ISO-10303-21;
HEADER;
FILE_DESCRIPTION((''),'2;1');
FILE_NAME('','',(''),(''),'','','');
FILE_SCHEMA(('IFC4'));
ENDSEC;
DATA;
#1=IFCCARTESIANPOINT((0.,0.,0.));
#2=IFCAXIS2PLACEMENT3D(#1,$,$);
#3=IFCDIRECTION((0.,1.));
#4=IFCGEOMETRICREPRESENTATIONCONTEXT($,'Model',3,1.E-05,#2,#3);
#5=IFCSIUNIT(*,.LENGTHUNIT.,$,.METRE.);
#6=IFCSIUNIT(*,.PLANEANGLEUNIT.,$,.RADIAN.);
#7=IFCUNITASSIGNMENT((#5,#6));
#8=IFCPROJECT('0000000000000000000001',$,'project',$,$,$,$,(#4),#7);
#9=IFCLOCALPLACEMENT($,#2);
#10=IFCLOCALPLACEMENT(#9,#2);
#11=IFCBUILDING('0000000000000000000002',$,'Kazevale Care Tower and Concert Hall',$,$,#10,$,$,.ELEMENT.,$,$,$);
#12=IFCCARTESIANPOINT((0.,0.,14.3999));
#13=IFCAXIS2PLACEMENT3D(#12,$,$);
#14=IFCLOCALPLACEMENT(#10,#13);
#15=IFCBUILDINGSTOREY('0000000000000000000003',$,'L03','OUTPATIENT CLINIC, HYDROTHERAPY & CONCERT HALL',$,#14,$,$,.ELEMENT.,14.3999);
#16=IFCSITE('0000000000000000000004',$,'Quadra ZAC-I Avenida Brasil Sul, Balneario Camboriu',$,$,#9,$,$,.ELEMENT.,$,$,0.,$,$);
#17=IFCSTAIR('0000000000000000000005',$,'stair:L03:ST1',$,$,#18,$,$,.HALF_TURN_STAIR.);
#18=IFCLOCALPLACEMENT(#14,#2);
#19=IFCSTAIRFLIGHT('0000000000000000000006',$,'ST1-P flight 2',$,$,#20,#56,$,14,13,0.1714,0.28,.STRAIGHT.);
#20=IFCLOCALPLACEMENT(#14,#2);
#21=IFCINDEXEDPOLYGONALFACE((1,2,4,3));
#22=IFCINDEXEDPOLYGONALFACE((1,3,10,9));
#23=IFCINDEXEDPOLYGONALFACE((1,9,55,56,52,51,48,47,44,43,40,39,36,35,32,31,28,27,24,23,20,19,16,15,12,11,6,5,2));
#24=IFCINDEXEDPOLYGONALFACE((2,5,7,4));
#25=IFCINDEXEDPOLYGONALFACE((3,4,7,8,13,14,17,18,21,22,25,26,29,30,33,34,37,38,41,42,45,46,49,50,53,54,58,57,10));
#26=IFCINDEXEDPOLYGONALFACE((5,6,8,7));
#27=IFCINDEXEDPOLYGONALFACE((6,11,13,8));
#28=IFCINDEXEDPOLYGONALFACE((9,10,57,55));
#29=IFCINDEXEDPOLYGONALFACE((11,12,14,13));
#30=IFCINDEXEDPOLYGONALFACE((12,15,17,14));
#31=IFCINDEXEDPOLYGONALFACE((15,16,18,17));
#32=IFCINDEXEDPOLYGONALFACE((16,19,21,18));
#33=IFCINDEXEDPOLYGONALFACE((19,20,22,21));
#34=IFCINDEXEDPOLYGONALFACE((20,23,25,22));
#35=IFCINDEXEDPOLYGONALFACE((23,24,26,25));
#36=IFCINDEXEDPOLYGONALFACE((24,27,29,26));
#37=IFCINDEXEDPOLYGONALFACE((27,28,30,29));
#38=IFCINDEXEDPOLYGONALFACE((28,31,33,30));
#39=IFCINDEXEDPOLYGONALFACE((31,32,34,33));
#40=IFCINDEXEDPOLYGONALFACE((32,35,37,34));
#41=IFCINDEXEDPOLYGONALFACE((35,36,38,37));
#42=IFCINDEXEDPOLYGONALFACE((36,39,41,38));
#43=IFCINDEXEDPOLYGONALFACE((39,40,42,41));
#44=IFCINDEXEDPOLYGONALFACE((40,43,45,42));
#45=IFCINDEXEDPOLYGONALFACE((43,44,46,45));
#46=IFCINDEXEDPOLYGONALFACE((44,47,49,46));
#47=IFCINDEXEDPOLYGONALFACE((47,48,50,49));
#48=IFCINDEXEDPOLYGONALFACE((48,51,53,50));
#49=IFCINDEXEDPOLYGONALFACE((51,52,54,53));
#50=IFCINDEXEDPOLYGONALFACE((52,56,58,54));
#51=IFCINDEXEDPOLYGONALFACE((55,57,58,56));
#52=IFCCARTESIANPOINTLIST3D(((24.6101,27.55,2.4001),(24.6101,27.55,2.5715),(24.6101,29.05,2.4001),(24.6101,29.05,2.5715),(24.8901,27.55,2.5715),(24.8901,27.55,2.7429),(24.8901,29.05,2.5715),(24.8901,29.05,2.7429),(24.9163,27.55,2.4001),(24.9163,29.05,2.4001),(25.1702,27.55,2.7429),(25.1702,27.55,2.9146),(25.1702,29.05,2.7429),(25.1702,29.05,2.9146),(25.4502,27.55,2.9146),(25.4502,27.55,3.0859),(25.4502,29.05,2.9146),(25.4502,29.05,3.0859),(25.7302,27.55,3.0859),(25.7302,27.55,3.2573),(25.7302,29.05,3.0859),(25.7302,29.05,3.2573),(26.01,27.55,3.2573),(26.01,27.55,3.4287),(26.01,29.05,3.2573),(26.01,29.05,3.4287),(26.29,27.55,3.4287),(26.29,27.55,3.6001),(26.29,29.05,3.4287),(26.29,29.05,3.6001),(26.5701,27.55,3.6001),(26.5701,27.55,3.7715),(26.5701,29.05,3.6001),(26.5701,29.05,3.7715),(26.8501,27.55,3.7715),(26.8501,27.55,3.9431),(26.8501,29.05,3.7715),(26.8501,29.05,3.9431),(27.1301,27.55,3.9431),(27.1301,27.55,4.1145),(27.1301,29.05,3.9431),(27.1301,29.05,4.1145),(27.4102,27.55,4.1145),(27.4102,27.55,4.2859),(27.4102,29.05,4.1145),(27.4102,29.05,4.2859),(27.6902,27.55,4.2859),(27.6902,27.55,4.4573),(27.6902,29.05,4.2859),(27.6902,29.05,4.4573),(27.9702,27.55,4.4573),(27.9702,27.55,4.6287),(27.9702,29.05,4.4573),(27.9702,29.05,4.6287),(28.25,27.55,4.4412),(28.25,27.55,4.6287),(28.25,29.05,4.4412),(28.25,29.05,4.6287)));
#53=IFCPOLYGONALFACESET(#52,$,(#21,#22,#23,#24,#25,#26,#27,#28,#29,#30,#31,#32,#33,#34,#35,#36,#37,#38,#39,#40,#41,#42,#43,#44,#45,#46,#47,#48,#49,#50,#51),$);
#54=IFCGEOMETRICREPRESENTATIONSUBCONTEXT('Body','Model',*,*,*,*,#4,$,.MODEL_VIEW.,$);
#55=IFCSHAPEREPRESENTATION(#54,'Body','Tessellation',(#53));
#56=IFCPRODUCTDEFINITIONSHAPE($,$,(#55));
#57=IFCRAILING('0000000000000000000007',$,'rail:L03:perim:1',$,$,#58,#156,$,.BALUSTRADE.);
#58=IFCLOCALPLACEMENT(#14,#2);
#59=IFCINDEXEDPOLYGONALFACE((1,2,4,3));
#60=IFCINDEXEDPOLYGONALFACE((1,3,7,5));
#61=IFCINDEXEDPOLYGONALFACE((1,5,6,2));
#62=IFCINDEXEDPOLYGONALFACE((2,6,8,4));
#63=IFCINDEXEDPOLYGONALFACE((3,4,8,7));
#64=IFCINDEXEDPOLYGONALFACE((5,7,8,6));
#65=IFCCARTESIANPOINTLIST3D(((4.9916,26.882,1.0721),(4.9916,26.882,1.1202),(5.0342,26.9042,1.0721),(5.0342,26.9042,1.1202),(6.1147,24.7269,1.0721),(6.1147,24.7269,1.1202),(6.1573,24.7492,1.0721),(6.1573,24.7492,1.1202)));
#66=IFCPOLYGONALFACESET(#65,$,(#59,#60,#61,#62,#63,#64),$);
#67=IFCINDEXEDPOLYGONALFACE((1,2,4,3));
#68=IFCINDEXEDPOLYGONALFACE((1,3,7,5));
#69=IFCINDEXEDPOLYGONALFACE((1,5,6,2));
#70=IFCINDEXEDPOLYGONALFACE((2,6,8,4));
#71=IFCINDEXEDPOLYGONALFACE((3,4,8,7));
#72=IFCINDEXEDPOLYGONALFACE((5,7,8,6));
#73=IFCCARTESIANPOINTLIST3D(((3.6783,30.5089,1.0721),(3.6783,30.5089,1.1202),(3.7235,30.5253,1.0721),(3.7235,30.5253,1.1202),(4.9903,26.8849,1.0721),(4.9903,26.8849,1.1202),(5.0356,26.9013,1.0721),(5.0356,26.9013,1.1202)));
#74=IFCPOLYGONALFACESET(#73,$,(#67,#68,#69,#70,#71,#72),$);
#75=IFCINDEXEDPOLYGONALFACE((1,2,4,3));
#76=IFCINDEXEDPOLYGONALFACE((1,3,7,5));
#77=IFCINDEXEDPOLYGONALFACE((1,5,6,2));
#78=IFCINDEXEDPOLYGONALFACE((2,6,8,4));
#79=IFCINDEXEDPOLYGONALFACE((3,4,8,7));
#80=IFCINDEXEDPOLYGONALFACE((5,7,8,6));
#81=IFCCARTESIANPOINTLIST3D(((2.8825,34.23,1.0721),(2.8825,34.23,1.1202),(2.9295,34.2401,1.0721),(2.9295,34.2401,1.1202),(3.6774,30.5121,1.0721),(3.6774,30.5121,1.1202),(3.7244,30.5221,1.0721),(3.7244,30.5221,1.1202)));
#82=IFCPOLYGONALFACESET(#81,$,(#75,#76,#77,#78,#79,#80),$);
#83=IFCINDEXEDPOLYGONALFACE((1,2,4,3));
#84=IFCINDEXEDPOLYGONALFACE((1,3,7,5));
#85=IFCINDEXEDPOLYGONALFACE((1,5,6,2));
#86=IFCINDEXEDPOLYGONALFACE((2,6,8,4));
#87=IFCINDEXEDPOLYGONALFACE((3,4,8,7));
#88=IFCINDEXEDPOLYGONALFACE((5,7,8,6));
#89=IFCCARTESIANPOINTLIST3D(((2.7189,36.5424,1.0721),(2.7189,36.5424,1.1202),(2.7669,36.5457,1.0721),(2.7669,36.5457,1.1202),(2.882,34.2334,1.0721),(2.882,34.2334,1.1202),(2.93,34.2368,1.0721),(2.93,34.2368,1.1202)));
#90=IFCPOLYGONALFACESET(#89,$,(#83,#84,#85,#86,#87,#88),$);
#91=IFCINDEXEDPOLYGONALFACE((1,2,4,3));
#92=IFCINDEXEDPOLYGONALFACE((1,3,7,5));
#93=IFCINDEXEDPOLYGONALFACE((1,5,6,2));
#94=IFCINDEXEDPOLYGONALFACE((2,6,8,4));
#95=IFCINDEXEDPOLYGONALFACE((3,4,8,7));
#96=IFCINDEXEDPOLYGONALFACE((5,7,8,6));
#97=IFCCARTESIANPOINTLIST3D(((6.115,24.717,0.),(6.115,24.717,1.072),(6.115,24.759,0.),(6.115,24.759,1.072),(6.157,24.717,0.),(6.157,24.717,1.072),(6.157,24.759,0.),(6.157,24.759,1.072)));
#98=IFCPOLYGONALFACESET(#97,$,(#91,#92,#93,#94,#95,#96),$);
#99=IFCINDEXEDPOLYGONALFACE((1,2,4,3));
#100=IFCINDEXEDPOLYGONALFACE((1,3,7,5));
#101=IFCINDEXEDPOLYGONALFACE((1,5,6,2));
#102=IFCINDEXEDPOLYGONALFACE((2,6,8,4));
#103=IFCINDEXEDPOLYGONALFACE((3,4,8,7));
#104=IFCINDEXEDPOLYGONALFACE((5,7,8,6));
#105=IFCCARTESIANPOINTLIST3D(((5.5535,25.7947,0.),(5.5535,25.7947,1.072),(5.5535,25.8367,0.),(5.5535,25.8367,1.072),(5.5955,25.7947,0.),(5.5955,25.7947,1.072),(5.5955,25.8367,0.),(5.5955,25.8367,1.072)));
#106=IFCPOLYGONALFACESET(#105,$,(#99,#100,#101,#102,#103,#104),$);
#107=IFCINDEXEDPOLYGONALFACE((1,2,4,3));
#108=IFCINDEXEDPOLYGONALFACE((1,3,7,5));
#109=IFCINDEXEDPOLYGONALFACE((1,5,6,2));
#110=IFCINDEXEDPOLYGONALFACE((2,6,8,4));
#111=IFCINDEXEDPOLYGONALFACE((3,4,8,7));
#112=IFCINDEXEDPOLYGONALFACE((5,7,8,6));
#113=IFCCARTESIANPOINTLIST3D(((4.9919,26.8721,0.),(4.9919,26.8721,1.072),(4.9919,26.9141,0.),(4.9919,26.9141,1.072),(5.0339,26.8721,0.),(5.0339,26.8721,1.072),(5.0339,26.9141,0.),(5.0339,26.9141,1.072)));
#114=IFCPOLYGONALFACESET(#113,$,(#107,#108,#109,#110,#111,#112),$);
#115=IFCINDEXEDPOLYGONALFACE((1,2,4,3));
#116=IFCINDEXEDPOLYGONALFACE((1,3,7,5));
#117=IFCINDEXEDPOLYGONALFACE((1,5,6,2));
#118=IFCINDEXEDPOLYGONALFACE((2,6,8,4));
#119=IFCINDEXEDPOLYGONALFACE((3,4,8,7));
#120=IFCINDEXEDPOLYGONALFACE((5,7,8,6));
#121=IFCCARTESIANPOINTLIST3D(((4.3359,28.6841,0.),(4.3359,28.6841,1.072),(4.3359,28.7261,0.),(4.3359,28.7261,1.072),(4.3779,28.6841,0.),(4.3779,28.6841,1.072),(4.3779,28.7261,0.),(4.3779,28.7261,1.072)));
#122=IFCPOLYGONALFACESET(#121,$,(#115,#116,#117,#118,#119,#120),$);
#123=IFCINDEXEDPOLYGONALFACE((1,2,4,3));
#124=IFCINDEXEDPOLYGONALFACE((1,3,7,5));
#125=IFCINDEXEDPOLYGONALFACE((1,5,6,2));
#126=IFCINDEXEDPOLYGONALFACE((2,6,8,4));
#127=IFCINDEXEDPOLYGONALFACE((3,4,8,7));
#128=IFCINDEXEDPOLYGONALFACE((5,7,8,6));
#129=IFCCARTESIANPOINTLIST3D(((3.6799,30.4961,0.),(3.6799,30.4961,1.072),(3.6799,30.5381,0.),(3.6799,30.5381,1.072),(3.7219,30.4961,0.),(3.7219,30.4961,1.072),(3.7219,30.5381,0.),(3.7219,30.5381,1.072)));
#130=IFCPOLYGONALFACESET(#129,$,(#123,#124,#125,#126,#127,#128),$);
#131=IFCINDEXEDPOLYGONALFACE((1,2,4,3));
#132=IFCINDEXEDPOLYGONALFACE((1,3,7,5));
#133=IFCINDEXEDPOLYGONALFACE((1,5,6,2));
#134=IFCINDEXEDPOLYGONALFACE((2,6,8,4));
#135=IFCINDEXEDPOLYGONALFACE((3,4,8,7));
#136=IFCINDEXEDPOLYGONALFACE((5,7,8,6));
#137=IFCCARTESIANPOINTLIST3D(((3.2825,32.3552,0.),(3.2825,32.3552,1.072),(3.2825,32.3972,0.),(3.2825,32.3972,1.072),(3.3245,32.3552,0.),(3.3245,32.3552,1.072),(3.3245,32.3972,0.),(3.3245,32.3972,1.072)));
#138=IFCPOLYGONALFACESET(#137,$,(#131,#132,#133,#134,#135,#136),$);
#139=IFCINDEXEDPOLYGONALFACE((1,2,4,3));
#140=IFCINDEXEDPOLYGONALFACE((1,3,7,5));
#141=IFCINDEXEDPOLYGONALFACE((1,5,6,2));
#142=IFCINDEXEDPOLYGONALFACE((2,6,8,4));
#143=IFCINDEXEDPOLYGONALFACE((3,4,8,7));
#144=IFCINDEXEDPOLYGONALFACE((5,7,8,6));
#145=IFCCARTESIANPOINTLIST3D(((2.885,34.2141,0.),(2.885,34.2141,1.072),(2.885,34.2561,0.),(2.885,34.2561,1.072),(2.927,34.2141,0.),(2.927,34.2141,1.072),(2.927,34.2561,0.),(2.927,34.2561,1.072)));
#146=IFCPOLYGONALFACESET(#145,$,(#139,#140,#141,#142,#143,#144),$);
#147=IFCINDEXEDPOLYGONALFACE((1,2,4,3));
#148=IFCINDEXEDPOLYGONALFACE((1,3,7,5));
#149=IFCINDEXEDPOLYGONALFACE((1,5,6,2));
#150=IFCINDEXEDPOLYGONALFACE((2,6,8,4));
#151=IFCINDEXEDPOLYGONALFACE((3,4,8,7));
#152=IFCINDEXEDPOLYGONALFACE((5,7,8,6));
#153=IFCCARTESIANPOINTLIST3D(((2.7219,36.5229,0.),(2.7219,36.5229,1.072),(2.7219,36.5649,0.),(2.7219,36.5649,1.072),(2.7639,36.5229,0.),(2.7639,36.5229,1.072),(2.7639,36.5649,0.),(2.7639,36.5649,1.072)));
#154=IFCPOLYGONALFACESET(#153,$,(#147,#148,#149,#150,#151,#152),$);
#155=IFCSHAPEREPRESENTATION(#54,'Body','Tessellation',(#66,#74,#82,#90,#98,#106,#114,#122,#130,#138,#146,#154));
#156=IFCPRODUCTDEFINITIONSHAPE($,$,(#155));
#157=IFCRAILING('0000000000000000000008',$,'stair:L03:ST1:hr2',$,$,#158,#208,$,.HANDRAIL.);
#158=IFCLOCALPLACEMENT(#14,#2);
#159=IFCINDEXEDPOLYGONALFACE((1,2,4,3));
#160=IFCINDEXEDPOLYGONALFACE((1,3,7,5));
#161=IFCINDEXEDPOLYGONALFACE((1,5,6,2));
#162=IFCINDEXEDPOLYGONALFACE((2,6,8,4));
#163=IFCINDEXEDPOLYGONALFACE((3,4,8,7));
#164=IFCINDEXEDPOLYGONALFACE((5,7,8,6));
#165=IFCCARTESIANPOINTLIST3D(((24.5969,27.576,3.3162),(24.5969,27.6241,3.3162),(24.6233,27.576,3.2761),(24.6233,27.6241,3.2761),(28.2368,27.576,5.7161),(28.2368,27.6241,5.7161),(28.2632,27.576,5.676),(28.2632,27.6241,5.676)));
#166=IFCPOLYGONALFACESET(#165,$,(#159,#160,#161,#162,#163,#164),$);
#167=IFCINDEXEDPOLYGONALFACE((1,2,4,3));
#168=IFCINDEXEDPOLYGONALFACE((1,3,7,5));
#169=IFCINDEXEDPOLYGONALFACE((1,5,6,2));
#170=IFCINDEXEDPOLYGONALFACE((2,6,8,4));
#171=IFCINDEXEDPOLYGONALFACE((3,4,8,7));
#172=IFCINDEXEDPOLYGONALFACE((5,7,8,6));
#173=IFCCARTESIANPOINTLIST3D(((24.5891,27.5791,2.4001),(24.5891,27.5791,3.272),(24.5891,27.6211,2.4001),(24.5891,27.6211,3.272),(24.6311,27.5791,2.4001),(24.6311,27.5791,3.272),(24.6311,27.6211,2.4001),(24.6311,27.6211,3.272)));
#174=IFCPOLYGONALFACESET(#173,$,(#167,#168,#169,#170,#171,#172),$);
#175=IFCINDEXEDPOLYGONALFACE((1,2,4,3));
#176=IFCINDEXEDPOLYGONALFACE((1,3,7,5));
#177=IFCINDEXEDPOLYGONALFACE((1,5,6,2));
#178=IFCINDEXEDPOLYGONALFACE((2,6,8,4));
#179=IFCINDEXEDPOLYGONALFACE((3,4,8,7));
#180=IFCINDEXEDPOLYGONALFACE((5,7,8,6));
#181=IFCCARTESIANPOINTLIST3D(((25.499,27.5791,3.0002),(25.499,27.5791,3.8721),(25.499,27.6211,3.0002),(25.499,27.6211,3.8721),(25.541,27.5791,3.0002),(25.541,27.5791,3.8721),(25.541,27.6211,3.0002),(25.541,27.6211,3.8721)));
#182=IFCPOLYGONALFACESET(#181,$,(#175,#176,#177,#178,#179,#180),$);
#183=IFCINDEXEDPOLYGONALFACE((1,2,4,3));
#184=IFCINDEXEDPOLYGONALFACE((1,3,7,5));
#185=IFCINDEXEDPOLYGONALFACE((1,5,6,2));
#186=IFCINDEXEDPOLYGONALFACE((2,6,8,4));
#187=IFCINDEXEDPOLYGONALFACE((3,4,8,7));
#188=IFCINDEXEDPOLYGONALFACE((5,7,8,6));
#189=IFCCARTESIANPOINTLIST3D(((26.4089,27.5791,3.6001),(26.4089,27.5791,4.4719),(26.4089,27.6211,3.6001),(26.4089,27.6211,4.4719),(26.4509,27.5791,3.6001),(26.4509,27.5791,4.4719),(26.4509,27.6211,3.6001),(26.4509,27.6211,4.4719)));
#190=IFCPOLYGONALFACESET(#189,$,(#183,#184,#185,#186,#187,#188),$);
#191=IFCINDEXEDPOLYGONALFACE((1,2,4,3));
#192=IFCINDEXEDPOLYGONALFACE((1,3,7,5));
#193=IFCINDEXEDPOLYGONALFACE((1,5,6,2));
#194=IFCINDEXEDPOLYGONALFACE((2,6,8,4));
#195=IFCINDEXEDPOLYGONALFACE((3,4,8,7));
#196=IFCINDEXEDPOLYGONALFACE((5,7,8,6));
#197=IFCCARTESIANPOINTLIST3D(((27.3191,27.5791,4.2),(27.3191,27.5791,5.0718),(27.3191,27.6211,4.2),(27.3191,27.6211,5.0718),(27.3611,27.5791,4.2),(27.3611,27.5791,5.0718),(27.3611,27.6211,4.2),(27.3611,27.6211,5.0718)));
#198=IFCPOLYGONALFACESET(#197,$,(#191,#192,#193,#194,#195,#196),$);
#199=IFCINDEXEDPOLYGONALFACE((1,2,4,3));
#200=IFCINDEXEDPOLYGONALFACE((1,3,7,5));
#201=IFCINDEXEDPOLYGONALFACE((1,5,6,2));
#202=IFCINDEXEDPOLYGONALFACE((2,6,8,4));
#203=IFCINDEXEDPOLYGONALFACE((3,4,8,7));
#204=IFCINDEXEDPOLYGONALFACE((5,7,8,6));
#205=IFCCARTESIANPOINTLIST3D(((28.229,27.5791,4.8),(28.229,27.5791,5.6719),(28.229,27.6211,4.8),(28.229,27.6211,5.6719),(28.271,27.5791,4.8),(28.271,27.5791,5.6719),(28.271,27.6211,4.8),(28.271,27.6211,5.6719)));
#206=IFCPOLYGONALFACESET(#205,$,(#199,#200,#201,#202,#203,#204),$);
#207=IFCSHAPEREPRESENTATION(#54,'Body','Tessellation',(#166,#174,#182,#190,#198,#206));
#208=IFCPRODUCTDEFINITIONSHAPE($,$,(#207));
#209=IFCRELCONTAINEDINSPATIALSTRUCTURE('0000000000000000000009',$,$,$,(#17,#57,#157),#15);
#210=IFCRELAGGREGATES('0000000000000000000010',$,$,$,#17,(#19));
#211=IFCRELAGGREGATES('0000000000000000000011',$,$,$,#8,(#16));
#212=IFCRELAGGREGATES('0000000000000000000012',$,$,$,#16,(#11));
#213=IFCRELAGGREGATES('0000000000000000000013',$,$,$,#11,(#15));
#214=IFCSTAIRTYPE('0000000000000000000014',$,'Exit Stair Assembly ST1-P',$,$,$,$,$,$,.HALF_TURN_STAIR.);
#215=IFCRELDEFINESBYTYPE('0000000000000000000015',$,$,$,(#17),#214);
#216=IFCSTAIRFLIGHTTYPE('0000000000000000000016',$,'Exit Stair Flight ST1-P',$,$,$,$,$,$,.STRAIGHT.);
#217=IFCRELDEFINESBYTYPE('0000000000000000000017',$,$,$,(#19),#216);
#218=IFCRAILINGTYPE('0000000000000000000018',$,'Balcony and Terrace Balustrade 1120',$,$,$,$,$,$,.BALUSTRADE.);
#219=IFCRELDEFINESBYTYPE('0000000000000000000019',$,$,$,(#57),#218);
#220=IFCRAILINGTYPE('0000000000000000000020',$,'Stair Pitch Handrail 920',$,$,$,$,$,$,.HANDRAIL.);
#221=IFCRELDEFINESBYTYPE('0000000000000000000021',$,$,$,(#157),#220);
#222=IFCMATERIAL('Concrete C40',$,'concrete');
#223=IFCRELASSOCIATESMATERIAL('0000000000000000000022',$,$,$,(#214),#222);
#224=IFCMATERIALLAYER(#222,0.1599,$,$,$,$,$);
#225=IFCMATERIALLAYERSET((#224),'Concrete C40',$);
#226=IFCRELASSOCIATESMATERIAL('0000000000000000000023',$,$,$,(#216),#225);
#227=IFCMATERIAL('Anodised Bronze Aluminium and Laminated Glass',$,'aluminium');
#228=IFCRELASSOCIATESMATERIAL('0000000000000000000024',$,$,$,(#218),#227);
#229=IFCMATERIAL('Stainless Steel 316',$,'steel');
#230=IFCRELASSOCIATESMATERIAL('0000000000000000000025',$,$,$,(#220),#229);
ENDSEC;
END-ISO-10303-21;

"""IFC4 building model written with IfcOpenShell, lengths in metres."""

from ifc_helpers import new_model, si_unit, direction, frame, origin, origin_2d, place, context, subcontext, project, spatial, polyline, rectangle, outline, extrude, material, layer, layer_set, type_object, element, aggregate, save


model = new_model("IFC4")

# Units and contexts
model_context = context("Model", 3, precision=1e-05, world=origin(), true_north=direction((0.0, 1.0)))
body_context = subcontext(model_context, "Body", "Model", "MODEL_VIEW")
ifc_project = project(units=[si_unit("LENGTHUNIT", "METRE"), si_unit("PLANEANGLEUNIT", "RADIAN")], contexts=[model_context])

# Site, building, storey
site_placement = place(None, origin())
site = spatial("IfcSite", under=ifc_project, at=site_placement, Name="Quadra ZAC-I Avenida Brasil Sul, Balneario Camboriu", CompositionType="ELEMENT", RefElevation=0.0)
building_placement = place(site_placement, origin())
building = spatial("IfcBuilding", under=site, at=building_placement, Name="Kazevale Care Tower and Concert Hall", CompositionType="ELEMENT")
storey_placement = place(building_placement, frame((0.0, 0.0, 14.3999)))
storey = spatial("IfcBuildingStorey", under=building, at=storey_placement, Name="L03", Description="OUTPATIENT CLINIC, HYDROTHERAPY & CONCERT HALL", CompositionType="ELEMENT", Elevation=14.3999)

# Shared definitions
ifc_material_1 = material(Name="Concrete C40", Category="concrete")

# Stair, stair flight
stair_type = type_object("IfcStairType", Name="Exit Stair Assembly ST1-P", PredefinedType="HALF_TURN_STAIR", material=ifc_material_1)
stair_placement = place(storey_placement, origin())
stair = element("IfcStair", 1, at=stair_placement, inside=storey, type_object=stair_type, Name="stair:L03:ST1", PredefinedType="HALF_TURN_STAIR")
ifc_layer_1 = layer(ifc_material_1, 0.1599)
ifc_layer_set_1 = layer_set([ifc_layer_1], Name="Concrete C40")
stair_flight_type = type_object("IfcStairFlightType", Name="Exit Stair Flight ST1-P", PredefinedType="STRAIGHT", material=ifc_layer_set_1)
stair_flight_placement = place(storey_placement, frame((24.6101, 28.3, 2.4001), z_axis=(0.0, 0.0, 1.0), x_axis=(1.0, 0.0, 0.0)))
stair_flight = element("IfcStairFlight", 2, at=stair_flight_placement, type_object=stair_flight_type, Name="ST1-P flight 2", NumberOfRisers=14, NumberOfTreads=13, PredefinedType="STRAIGHT", RiserHeight=0.1714, TreadLength=0.28, context=body_context, shape_type="SweptSolid", body=[
    extrude(outline(polyline([(0.0, 0.0), (0.0, 0.1714), (0.28, 0.1714), (0.28, 0.3428), (0.5601, 0.3428), (0.5601, 0.5144), (0.8401, 0.5144), (0.8401, 0.6858), (1.1201, 0.6858), (1.1201, 0.8572), (1.3999, 0.8572), (1.3999, 1.0286), (1.6799, 1.0286), (1.6799, 1.2), (1.96, 1.2), (1.96, 1.3713), (2.24, 1.3713), (2.24, 1.543), (2.52, 1.543), (2.52, 1.7144), (2.8, 1.7144), (2.8, 1.8857), (3.0801, 1.8857), (3.0801, 2.0571), (3.3601, 2.0571), (3.3601, 2.2285), (3.6399, 2.2285), (3.6399, 2.3999), (3.6399, 2.041), (0.3062, 0.0), (0.0, 0.0)])), frame((0.0, 0.75, 0.0), z_axis=(0.0, -1.0, 0.0), x_axis=(1.0, 0.0, 0.0)), (0.0, 0.0, 1.0), 1.5),
])
aggregate(stair, [stair_flight])

# Railings
ifc_material_2 = material(Name="Anodised Bronze Aluminium and Laminated Glass", Category="aluminium")
railing_type_1 = type_object("IfcRailingType", Name="Balcony and Terrace Balustrade 1120", PredefinedType="BALUSTRADE", material=ifc_material_2)
railing_1_placement = place(storey_placement, frame((6.136, 24.738, 0.0)))
element("IfcRailing", 3, at=railing_1_placement, inside=storey, type_object=railing_type_1, Name="rail:L03:perim:1", PredefinedType="BALUSTRADE", context=body_context, shape_type="SweptSolid", body=[
    extrude(rectangle(XDim=0.0481, YDim=0.0481, at=origin_2d()), frame((0.0, 0.0, 1.0962), z_axis=(-0.46214, 0.886807, 0.0), x_axis=(-0.886807, -0.46214, 0.0)), (0.0, 0.0, 1.0), 2.4302),
    extrude(rectangle(XDim=0.0481, YDim=0.0481, at=origin_2d()), frame((-1.123, 2.155, 1.0962), z_axis=(-0.34041, 0.940277, 0.0), x_axis=(-0.940277, -0.34041, 0.0)), (0.0, 0.0, 1.0), 3.8542),
    extrude(rectangle(XDim=0.0481, YDim=0.0481, at=origin_2d()), frame((-2.4351, 5.7791, 1.0962), z_axis=(-0.209077, 0.977899, 0.0), x_axis=(-0.977899, -0.209077, 0.0)), (0.0, 0.0, 1.0), 3.802),
    extrude(rectangle(XDim=0.0481, YDim=0.0481, at=origin_2d()), frame((-3.23, 9.4971, 1.0962), z_axis=(-0.07046, 0.997515, 0.0), x_axis=(-0.997515, -0.07046, 0.0)), (0.0, 0.0, 1.0), 2.3147),
    extrude(rectangle(XDim=0.042, YDim=0.042, at=origin_2d()), origin(), (0.0, 0.0, 1.0), 1.072),
    extrude(rectangle(XDim=0.042, YDim=0.042, at=origin_2d()), frame((-0.5615, 1.0776, 0.0)), (0.0, 0.0, 1.0), 1.072),
    extrude(rectangle(XDim=0.042, YDim=0.042, at=origin_2d()), frame((-1.123, 2.155, 0.0)), (0.0, 0.0, 1.0), 1.072),
    extrude(rectangle(XDim=0.042, YDim=0.042, at=origin_2d()), frame((-1.7791, 3.967, 0.0)), (0.0, 0.0, 1.0), 1.072),
    extrude(rectangle(XDim=0.042, YDim=0.042, at=origin_2d()), frame((-2.4351, 5.7791, 0.0)), (0.0, 0.0, 1.0), 1.072),
    extrude(rectangle(XDim=0.042, YDim=0.042, at=origin_2d()), frame((-2.8325, 7.6382, 0.0)), (0.0, 0.0, 1.0), 1.072),
    extrude(rectangle(XDim=0.042, YDim=0.042, at=origin_2d()), frame((-3.23, 9.4971, 0.0)), (0.0, 0.0, 1.0), 1.072),
    extrude(rectangle(XDim=0.042, YDim=0.042, at=origin_2d()), frame((-3.3931, 11.8059, 0.0)), (0.0, 0.0, 1.0), 1.072),
])
ifc_material_3 = material(Name="Stainless Steel 316", Category="steel")
railing_type_2 = type_object("IfcRailingType", Name="Stair Pitch Handrail 920", PredefinedType="HANDRAIL", material=ifc_material_3)
railing_2_placement = place(storey_placement, frame((24.6101, 27.6001, 2.4001)))
element("IfcRailing", 4, at=railing_2_placement, inside=storey, type_object=railing_type_2, Name="stair:L03:ST1:hr2", PredefinedType="HANDRAIL", context=body_context, shape_type="SweptSolid", body=[
    extrude(rectangle(XDim=0.0481, YDim=0.0481, at=origin_2d()), frame((0.0, 0.0, 0.896), z_axis=(0.834865, 0.0, 0.550454), x_axis=(0.0, 1.0, 0.0)), (0.0, 0.0, 1.0), 4.3599),
    extrude(rectangle(XDim=0.042, YDim=0.042, at=origin_2d()), origin(), (0.0, 0.0, 1.0), 0.8718),
    extrude(rectangle(XDim=0.042, YDim=0.042, at=origin_2d()), frame((0.9099, 0.0, 0.6001)), (0.0, 0.0, 1.0), 0.8718),
    extrude(rectangle(XDim=0.042, YDim=0.042, at=origin_2d()), frame((1.8198, 0.0, 1.2)), (0.0, 0.0, 1.0), 0.8718),
    extrude(rectangle(XDim=0.042, YDim=0.042, at=origin_2d()), frame((2.73, 0.0, 1.7998)), (0.0, 0.0, 1.0), 0.8718),
    extrude(rectangle(XDim=0.042, YDim=0.042, at=origin_2d()), frame((3.6399, 0.0, 2.3999)), (0.0, 0.0, 1.0), 0.8718),
])

save(model, "model.ifc")
